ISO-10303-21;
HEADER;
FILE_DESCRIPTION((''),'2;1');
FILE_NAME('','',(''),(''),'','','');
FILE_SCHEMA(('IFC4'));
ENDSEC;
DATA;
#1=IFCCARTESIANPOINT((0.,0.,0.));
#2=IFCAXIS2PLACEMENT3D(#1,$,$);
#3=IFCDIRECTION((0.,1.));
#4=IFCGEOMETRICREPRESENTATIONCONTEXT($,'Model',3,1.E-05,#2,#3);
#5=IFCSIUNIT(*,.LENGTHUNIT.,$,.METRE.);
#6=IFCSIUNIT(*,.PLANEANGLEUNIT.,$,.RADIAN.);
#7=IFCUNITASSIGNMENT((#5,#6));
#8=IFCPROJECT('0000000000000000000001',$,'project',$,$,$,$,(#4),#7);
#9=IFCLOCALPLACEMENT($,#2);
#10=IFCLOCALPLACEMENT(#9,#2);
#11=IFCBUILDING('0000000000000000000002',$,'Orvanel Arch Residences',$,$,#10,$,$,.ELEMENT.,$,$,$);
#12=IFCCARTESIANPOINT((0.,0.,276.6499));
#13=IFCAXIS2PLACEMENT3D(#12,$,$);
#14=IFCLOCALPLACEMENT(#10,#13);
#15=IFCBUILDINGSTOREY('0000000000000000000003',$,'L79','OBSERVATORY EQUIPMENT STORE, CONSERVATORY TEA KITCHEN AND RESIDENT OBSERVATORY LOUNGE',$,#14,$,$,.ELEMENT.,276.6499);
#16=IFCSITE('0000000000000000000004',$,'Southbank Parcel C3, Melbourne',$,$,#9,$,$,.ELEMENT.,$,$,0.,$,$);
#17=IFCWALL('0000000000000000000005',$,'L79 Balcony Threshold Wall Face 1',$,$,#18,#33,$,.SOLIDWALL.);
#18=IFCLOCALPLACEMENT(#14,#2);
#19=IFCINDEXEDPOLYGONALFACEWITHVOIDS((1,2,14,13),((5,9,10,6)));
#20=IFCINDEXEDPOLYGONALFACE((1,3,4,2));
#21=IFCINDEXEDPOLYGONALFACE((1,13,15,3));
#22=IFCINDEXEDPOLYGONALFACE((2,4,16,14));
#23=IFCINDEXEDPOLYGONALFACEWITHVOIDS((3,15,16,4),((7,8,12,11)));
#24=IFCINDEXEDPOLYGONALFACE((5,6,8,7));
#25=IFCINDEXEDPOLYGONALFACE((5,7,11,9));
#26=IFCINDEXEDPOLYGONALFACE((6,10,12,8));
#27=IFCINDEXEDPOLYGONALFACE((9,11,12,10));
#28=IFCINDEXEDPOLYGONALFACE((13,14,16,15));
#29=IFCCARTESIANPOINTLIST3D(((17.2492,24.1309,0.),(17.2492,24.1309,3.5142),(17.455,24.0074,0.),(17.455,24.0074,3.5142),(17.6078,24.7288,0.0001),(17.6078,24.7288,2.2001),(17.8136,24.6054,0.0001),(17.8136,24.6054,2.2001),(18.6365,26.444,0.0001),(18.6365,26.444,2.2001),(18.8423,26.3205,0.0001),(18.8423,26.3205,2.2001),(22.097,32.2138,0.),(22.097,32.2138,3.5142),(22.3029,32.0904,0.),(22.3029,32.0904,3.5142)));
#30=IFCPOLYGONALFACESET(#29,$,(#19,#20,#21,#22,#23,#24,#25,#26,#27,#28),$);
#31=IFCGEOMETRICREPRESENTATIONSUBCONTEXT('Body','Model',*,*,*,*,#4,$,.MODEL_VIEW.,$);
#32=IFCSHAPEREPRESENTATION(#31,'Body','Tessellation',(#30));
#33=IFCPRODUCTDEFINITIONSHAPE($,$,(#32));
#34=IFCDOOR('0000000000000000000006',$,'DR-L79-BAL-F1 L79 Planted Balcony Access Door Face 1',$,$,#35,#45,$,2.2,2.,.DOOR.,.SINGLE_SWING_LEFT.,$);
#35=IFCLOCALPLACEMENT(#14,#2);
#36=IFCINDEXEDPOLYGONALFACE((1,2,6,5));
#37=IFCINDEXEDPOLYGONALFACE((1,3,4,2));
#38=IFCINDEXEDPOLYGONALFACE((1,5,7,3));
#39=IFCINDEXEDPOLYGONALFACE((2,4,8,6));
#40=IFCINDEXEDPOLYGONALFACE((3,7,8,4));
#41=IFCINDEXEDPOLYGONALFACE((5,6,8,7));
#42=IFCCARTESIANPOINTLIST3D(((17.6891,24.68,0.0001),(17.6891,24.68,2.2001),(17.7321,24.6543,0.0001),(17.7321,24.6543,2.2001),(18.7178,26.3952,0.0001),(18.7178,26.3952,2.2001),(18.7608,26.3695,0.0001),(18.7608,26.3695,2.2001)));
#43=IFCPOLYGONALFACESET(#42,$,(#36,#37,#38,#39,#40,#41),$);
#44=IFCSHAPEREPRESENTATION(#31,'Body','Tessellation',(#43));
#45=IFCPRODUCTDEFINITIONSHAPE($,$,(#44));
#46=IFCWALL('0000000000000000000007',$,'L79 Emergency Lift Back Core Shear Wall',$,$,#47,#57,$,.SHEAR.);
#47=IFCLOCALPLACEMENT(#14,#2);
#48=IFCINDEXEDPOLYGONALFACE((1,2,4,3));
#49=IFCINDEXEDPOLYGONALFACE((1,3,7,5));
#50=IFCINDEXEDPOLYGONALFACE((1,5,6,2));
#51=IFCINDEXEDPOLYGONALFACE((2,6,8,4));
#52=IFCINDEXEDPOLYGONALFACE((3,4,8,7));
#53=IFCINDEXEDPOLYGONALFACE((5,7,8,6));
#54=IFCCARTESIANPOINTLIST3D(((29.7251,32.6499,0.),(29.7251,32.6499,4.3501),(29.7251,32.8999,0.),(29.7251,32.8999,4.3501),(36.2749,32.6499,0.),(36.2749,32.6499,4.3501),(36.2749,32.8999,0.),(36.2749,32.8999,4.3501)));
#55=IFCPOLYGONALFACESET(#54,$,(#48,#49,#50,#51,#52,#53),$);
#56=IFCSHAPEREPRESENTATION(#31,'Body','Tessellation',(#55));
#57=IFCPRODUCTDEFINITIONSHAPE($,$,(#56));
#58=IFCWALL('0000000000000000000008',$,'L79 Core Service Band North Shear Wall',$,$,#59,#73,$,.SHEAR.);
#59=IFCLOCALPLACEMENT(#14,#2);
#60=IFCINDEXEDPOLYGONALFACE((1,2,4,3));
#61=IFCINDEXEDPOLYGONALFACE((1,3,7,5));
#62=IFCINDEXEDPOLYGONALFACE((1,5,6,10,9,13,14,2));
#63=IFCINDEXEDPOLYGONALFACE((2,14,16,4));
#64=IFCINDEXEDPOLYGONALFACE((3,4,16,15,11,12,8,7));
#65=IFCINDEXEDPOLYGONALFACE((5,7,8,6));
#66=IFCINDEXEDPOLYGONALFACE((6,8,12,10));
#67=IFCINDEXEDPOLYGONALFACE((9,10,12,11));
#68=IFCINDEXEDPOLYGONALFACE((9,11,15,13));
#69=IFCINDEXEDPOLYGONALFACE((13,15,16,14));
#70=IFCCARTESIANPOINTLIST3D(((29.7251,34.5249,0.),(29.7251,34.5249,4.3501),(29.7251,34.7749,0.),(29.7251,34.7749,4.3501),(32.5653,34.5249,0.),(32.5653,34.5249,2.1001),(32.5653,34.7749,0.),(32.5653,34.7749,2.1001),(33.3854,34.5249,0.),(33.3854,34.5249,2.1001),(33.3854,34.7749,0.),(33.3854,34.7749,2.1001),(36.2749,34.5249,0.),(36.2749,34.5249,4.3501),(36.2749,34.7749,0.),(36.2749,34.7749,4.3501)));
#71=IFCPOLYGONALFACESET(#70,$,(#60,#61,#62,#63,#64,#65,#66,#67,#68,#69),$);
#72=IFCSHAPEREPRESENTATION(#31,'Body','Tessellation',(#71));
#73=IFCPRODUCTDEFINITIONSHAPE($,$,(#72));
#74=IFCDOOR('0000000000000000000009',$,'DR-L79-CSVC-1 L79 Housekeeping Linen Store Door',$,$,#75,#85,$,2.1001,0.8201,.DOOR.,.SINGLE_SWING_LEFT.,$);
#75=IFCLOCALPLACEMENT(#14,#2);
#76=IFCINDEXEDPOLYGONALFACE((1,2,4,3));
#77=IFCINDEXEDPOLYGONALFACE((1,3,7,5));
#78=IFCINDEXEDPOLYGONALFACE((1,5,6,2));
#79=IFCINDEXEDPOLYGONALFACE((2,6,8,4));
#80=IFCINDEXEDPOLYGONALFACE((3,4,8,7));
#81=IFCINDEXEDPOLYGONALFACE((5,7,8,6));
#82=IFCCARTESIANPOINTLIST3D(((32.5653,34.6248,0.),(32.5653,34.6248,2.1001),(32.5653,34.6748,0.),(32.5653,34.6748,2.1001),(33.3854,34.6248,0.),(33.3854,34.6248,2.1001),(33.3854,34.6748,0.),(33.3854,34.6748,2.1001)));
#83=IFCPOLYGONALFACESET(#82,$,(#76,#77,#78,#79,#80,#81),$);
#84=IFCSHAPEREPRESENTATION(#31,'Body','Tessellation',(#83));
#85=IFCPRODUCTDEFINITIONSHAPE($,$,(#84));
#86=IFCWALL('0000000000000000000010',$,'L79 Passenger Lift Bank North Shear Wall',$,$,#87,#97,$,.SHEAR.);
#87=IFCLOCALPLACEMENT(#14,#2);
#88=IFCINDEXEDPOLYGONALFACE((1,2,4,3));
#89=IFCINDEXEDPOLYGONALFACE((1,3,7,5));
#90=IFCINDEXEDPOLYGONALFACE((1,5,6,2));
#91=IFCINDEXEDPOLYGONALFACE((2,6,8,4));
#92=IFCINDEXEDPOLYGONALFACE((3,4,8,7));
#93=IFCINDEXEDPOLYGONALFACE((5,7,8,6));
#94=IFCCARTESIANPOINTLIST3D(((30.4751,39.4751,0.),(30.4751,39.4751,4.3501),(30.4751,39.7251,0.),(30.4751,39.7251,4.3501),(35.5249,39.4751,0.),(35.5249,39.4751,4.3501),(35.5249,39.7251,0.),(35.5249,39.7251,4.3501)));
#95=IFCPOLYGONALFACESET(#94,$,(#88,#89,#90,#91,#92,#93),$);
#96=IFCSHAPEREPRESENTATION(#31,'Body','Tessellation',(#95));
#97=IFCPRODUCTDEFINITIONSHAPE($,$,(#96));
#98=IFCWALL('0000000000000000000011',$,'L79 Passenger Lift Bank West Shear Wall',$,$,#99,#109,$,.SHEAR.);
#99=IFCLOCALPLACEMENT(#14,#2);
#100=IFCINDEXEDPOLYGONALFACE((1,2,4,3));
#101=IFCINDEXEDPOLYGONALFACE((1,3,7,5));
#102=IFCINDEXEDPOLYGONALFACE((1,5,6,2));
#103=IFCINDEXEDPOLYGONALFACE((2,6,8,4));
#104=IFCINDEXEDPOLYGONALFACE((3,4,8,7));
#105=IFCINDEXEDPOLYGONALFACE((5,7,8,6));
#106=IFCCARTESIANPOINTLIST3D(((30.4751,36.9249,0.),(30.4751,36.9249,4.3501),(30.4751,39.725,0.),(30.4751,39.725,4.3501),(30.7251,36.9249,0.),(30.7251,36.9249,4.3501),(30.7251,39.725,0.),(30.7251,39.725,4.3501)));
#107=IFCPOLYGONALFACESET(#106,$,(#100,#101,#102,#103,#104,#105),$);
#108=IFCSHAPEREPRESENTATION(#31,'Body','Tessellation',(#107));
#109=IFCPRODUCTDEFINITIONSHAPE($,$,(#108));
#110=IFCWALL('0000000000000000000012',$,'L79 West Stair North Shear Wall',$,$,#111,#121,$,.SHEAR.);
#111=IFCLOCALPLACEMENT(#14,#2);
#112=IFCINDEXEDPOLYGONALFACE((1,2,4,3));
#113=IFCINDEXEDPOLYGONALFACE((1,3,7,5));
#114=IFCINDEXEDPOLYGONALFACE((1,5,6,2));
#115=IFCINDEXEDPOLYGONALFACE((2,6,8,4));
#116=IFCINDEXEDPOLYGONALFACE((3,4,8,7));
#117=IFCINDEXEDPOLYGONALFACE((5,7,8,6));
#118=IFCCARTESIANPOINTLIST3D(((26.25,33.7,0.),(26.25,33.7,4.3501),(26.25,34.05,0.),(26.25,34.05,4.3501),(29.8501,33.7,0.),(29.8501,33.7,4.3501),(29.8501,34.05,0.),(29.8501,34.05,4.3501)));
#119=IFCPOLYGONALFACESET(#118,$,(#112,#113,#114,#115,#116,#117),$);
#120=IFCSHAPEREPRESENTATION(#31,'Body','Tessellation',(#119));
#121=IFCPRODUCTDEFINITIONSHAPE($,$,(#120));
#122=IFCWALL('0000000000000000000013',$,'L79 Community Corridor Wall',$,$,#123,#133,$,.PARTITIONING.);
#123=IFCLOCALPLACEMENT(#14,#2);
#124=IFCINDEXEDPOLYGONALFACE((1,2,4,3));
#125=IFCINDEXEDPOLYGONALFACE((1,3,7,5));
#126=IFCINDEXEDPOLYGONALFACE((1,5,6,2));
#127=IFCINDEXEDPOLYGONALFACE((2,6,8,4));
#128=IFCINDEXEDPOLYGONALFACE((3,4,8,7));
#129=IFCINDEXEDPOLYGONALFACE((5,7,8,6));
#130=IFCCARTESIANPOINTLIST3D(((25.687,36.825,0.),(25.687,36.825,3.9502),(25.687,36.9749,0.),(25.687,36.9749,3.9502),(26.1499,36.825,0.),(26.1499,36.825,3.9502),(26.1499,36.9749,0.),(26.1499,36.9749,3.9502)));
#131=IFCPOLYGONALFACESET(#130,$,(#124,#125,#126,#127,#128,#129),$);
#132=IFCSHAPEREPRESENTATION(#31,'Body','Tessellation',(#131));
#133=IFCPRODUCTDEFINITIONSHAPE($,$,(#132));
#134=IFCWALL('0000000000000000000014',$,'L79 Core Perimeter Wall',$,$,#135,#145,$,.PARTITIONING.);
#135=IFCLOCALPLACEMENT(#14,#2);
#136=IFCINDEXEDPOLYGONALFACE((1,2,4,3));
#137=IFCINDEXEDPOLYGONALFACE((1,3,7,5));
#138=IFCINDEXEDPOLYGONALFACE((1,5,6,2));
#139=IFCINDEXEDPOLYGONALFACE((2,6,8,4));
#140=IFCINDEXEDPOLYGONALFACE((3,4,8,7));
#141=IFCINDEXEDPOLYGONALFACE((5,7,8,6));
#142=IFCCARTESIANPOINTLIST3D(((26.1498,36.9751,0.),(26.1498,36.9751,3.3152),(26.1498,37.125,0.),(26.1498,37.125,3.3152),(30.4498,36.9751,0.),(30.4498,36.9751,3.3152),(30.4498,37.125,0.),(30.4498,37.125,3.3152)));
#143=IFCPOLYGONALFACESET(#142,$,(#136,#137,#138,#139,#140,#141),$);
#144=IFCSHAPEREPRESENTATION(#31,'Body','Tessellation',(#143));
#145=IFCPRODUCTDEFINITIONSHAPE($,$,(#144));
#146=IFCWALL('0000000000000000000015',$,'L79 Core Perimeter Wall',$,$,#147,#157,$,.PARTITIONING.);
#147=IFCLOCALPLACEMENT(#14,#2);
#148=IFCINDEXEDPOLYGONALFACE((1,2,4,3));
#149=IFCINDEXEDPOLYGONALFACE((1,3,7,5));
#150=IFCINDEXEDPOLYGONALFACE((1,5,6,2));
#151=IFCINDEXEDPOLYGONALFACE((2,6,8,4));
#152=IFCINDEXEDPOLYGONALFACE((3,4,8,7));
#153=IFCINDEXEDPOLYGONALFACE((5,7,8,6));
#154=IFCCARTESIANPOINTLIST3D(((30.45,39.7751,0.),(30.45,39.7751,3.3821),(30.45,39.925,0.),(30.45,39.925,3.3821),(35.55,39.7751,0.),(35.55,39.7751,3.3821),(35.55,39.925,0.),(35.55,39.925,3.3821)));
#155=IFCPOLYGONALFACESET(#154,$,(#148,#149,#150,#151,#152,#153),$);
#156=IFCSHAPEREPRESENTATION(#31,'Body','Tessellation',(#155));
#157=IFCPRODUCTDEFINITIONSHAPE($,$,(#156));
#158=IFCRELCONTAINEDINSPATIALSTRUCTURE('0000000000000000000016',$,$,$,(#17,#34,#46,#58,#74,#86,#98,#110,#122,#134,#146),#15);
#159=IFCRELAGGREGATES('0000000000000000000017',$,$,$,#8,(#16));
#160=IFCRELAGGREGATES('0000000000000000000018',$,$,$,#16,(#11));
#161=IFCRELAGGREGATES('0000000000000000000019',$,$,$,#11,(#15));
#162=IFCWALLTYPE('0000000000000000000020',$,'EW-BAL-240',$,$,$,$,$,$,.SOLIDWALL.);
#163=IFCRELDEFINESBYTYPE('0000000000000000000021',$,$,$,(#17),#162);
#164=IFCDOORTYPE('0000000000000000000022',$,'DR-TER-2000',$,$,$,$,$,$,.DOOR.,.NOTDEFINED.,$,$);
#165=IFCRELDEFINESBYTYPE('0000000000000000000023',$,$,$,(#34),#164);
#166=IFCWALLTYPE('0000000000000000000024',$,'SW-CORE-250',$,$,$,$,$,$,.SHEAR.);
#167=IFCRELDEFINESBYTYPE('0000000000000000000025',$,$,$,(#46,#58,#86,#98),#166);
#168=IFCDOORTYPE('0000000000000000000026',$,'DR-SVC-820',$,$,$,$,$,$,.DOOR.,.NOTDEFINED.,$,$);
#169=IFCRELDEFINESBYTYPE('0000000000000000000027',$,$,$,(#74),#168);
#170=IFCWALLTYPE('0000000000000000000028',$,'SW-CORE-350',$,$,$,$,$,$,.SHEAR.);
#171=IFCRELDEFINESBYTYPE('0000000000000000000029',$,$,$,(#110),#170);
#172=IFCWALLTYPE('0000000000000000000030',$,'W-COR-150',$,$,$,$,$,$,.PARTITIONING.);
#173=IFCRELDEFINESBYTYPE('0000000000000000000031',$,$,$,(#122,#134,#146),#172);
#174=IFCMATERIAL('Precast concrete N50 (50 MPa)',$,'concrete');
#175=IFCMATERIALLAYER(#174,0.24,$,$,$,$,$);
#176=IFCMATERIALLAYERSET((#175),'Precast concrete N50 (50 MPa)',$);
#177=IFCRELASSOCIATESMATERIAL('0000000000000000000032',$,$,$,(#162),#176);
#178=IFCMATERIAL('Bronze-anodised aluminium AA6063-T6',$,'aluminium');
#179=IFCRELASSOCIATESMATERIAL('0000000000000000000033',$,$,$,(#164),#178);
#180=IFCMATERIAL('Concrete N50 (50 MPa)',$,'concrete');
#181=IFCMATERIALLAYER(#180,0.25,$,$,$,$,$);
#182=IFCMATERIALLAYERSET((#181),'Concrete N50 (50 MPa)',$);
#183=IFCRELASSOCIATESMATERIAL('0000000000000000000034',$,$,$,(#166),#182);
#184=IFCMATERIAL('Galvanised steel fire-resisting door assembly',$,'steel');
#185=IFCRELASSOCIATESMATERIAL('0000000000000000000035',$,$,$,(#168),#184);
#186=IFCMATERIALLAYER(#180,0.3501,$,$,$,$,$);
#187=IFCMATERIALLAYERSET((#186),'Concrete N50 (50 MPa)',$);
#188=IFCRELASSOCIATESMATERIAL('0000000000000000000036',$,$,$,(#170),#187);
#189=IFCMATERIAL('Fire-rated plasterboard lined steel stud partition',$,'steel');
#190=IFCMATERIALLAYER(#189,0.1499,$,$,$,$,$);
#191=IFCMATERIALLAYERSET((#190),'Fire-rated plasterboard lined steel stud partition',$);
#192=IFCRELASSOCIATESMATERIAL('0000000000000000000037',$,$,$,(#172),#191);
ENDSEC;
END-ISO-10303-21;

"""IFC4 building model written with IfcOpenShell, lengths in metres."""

from ifc_helpers import new_model, si_unit, direction, frame, frame_2d, origin, place, context, subcontext, project, spatial, rectangle, extrude, material, layer, layer_set, type_object, element, fill, save


model = new_model("IFC4")

# Units and contexts
model_context = context("Model", 3, precision=1e-05, world=origin(), true_north=direction((0.0, 1.0)))
body_context = subcontext(model_context, "Body", "Model", "MODEL_VIEW")
ifc_project = project(units=[si_unit("LENGTHUNIT", "METRE"), si_unit("PLANEANGLEUNIT", "RADIAN")], contexts=[model_context])

# Site, building, storey
site_placement = place(None, origin())
site = spatial("IfcSite", under=ifc_project, at=site_placement, Name="Southbank Parcel C3, Melbourne", CompositionType="ELEMENT", RefElevation=0.0)
building_placement = place(site_placement, origin())
building = spatial("IfcBuilding", under=site, at=building_placement, Name="Orvanel Arch Residences", CompositionType="ELEMENT")
storey_placement = place(building_placement, frame((0.0, 0.0, 276.6499)))
storey = spatial("IfcBuildingStorey", under=building, at=storey_placement, Name="L79", Description="OBSERVATORY EQUIPMENT STORE, CONSERVATORY TEA KITCHEN AND RESIDENT OBSERVATORY LOUNGE", CompositionType="ELEMENT", Elevation=276.6499)

# Shared definitions
ifc_material_1 = material(Name="Bronze-anodised aluminium AA6063-T6", Category="aluminium")

# Wall, opening, door
ifc_material_2 = material(Name="Precast concrete N50 (50 MPa)", Category="concrete")
ifc_layer_1 = layer(ifc_material_2, 0.24)
ifc_layer_set_1 = layer_set([ifc_layer_1], Name="Precast concrete N50 (50 MPa)")
wall_type_1 = type_object("IfcWallType", Name="EW-BAL-240", PredefinedType="SOLIDWALL", material=ifc_layer_set_1)
wall_1_placement = place(storey_placement, frame((22.2, 32.1521, 0.0), z_axis=(0.0, 0.0, 1.0), x_axis=(-0.514347, -0.857582, 0.0)))
wall_1 = element("IfcWall", 1, at=wall_1_placement, inside=storey, type_object=wall_type_1, Name="L79 Balcony Threshold Wall Face 1", PredefinedType="SOLIDWALL", context=body_context, shape_type="SweptSolid", body=[
    extrude(rectangle(XDim=9.4253, YDim=0.24, at=frame_2d((4.7126, 0.0))), origin(), (0.0, 0.0, 1.0), 3.5142),
])
opening_1_placement = place(wall_1_placement, frame((6.728, 0.0, 0.0)))
opening_1 = element("IfcOpeningElement", 2, at=opening_1_placement, cuts=wall_1, PredefinedType="OPENING", context=body_context, shape_type="SweptSolid", body=[
    extrude(rectangle(XDim=2.0, YDim=2.2, at=frame_2d((1.0, 1.1001))), frame((0.0, 0.1299, 0.0), z_axis=(0.0, -1.0, 0.0), x_axis=(1.0, 0.0, 0.0)), (0.0, 0.0, 1.0), 0.26),
])
door_type_1 = type_object("IfcDoorType", Name="DR-TER-2000", OperationType="NOTDEFINED", PredefinedType="DOOR", material=ifc_material_1)
door_1_placement = place(opening_1_placement, origin())
door_1 = element("IfcDoor", 3, at=door_1_placement, inside=storey, type_object=door_type_1, Name="DR-L79-BAL-F1 L79 Planted Balcony Access Door Face 1", OperationType="SINGLE_SWING_LEFT", OverallHeight=2.2, OverallWidth=2.0, PredefinedType="DOOR", context=body_context, shape_type="SweptSolid", body=[
    extrude(rectangle(XDim=2.0, YDim=2.2, at=frame_2d((1.0, 1.1001))), frame((0.0, 0.0249, 0.0), z_axis=(0.0, -1.0, 0.0), x_axis=(1.0, 0.0, 0.0)), (0.0, 0.0, 1.0), 0.05),
])
fill(opening_1, door_1)

# Wall
ifc_material_3 = material(Name="Concrete N50 (50 MPa)", Category="concrete")
ifc_layer_2 = layer(ifc_material_3, 0.25)
ifc_layer_set_2 = layer_set([ifc_layer_2], Name="Concrete N50 (50 MPa)")
wall_type_2 = type_object("IfcWallType", Name="SW-CORE-250", PredefinedType="SHEAR", material=ifc_layer_set_2)
wall_2_placement = place(storey_placement, frame((29.7251, 32.7749, 0.0), z_axis=(0.0, 0.0, 1.0), x_axis=(1.0, 0.0, 0.0)))
element("IfcWall", 4, at=wall_2_placement, inside=storey, type_object=wall_type_2, Name="L79 Emergency Lift Back Core Shear Wall", PredefinedType="SHEAR", context=body_context, shape_type="SweptSolid", body=[
    extrude(rectangle(XDim=6.5498, YDim=0.25, at=frame_2d((3.2749, 0.0))), origin(), (0.0, 0.0, 1.0), 4.3501),
])

# Wall, opening, door
wall_3_placement = place(storey_placement, frame((29.7251, 34.6499, 0.0), z_axis=(0.0, 0.0, 1.0), x_axis=(1.0, 0.0, 0.0)))
wall_3 = element("IfcWall", 5, at=wall_3_placement, inside=storey, type_object=wall_type_2, Name="L79 Core Service Band North Shear Wall", PredefinedType="SHEAR", context=body_context, shape_type="SweptSolid", body=[
    extrude(rectangle(XDim=6.5498, YDim=0.25, at=frame_2d((3.2749, 0.0))), origin(), (0.0, 0.0, 1.0), 4.3501),
])
opening_2_placement = place(wall_3_placement, frame((2.8401, 0.0, 0.0)))
opening_2 = element("IfcOpeningElement", 6, at=opening_2_placement, cuts=wall_3, PredefinedType="OPENING", context=body_context, shape_type="SweptSolid", body=[
    extrude(rectangle(XDim=0.8201, YDim=2.1001, at=frame_2d((0.4102, 1.05))), frame((0.0, 0.135, 0.0), z_axis=(0.0, -1.0, 0.0), x_axis=(1.0, 0.0, 0.0)), (0.0, 0.0, 1.0), 0.27),
])
ifc_material_4 = material(Name="Galvanised steel fire-resisting door assembly", Category="steel")
door_type_2 = type_object("IfcDoorType", Name="DR-SVC-820", OperationType="NOTDEFINED", PredefinedType="DOOR", material=ifc_material_4)
door_2_placement = place(opening_2_placement, origin())
door_2 = element("IfcDoor", 7, at=door_2_placement, inside=storey, type_object=door_type_2, Name="DR-L79-CSVC-1 L79 Housekeeping Linen Store Door", OperationType="SINGLE_SWING_LEFT", OverallHeight=2.1001, OverallWidth=0.8201, PredefinedType="DOOR", context=body_context, shape_type="SweptSolid", body=[
    extrude(rectangle(XDim=0.8201, YDim=2.1001, at=frame_2d((0.4102, 1.05))), frame((0.0, 0.0249, 0.0), z_axis=(0.0, -1.0, 0.0), x_axis=(1.0, 0.0, 0.0)), (0.0, 0.0, 1.0), 0.05),
])
fill(opening_2, door_2)

# Walls
wall_4_placement = place(storey_placement, frame((30.4751, 39.6001, 0.0), z_axis=(0.0, 0.0, 1.0), x_axis=(1.0, 0.0, 0.0)))
element("IfcWall", 8, at=wall_4_placement, inside=storey, type_object=wall_type_2, Name="L79 Passenger Lift Bank North Shear Wall", PredefinedType="SHEAR", context=body_context, shape_type="SweptSolid", body=[
    extrude(rectangle(XDim=5.0498, YDim=0.25, at=frame_2d((2.5249, 0.0))), origin(), (0.0, 0.0, 1.0), 4.3501),
])
wall_5_placement = place(storey_placement, frame((30.6001, 36.925, 0.0), z_axis=(0.0, 0.0, 1.0), x_axis=(0.0, 1.0, 0.0)))
element("IfcWall", 9, at=wall_5_placement, inside=storey, type_object=wall_type_2, Name="L79 Passenger Lift Bank West Shear Wall", PredefinedType="SHEAR", context=body_context, shape_type="SweptSolid", body=[
    extrude(rectangle(XDim=2.8, YDim=0.25, at=frame_2d((1.3999, 0.0))), origin(), (0.0, 0.0, 1.0), 4.3501),
])
ifc_layer_3 = layer(ifc_material_3, 0.3501)
ifc_layer_set_3 = layer_set([ifc_layer_3], Name="Concrete N50 (50 MPa)")
wall_type_3 = type_object("IfcWallType", Name="SW-CORE-350", PredefinedType="SHEAR", material=ifc_layer_set_3)
wall_6_placement = place(storey_placement, frame((26.25, 33.875, 0.0), z_axis=(0.0, 0.0, 1.0), x_axis=(1.0, 0.0, 0.0)))
element("IfcWall", 10, at=wall_6_placement, inside=storey, type_object=wall_type_3, Name="L79 West Stair North Shear Wall", PredefinedType="SHEAR", context=body_context, shape_type="SweptSolid", body=[
    extrude(rectangle(XDim=3.6001, YDim=0.3501, at=frame_2d((1.8, 0.0))), origin(), (0.0, 0.0, 1.0), 4.3501),
])
ifc_material_5 = material(Name="Fire-rated plasterboard lined steel stud partition", Category="steel")
ifc_layer_4 = layer(ifc_material_5, 0.1499)
ifc_layer_set_4 = layer_set([ifc_layer_4], Name="Fire-rated plasterboard lined steel stud partition")
wall_type_4 = type_object("IfcWallType", Name="W-COR-150", PredefinedType="PARTITIONING", material=ifc_layer_set_4)
wall_7_placement = place(storey_placement, frame((25.687, 36.8999, 0.0), z_axis=(0.0, 0.0, 1.0), x_axis=(1.0, 0.0, 0.0)))
element("IfcWall", 11, at=wall_7_placement, inside=storey, type_object=wall_type_4, Name="L79 Community Corridor Wall", PredefinedType="PARTITIONING", context=body_context, shape_type="SweptSolid", body=[
    extrude(rectangle(XDim=0.4629, YDim=0.1499, at=frame_2d((0.2314, 0.0))), origin(), (0.0, 0.0, 1.0), 3.9502),
])
wall_8_placement = place(storey_placement, frame((26.1499, 37.05, 0.0), z_axis=(0.0, 0.0, 1.0), x_axis=(1.0, 0.0, 0.0)))
element("IfcWall", 12, at=wall_8_placement, inside=storey, type_object=wall_type_4, Name="L79 Core Perimeter Wall", PredefinedType="PARTITIONING", context=body_context, shape_type="SweptSolid", body=[
    extrude(rectangle(XDim=4.3, YDim=0.1499, at=frame_2d((2.1499, 0.0))), origin(), (0.0, 0.0, 1.0), 3.3152),
])
wall_9_placement = place(storey_placement, frame((30.45, 39.8501, 0.0), z_axis=(0.0, 0.0, 1.0), x_axis=(1.0, 0.0, 0.0)))
element("IfcWall", 13, at=wall_9_placement, inside=storey, type_object=wall_type_4, Name="L79 Core Perimeter Wall", PredefinedType="PARTITIONING", context=body_context, shape_type="SweptSolid", body=[
    extrude(rectangle(XDim=5.1001, YDim=0.1499, at=frame_2d((2.55, 0.0))), origin(), (0.0, 0.0, 1.0), 3.3821),
])

save(model, "model.ifc")
